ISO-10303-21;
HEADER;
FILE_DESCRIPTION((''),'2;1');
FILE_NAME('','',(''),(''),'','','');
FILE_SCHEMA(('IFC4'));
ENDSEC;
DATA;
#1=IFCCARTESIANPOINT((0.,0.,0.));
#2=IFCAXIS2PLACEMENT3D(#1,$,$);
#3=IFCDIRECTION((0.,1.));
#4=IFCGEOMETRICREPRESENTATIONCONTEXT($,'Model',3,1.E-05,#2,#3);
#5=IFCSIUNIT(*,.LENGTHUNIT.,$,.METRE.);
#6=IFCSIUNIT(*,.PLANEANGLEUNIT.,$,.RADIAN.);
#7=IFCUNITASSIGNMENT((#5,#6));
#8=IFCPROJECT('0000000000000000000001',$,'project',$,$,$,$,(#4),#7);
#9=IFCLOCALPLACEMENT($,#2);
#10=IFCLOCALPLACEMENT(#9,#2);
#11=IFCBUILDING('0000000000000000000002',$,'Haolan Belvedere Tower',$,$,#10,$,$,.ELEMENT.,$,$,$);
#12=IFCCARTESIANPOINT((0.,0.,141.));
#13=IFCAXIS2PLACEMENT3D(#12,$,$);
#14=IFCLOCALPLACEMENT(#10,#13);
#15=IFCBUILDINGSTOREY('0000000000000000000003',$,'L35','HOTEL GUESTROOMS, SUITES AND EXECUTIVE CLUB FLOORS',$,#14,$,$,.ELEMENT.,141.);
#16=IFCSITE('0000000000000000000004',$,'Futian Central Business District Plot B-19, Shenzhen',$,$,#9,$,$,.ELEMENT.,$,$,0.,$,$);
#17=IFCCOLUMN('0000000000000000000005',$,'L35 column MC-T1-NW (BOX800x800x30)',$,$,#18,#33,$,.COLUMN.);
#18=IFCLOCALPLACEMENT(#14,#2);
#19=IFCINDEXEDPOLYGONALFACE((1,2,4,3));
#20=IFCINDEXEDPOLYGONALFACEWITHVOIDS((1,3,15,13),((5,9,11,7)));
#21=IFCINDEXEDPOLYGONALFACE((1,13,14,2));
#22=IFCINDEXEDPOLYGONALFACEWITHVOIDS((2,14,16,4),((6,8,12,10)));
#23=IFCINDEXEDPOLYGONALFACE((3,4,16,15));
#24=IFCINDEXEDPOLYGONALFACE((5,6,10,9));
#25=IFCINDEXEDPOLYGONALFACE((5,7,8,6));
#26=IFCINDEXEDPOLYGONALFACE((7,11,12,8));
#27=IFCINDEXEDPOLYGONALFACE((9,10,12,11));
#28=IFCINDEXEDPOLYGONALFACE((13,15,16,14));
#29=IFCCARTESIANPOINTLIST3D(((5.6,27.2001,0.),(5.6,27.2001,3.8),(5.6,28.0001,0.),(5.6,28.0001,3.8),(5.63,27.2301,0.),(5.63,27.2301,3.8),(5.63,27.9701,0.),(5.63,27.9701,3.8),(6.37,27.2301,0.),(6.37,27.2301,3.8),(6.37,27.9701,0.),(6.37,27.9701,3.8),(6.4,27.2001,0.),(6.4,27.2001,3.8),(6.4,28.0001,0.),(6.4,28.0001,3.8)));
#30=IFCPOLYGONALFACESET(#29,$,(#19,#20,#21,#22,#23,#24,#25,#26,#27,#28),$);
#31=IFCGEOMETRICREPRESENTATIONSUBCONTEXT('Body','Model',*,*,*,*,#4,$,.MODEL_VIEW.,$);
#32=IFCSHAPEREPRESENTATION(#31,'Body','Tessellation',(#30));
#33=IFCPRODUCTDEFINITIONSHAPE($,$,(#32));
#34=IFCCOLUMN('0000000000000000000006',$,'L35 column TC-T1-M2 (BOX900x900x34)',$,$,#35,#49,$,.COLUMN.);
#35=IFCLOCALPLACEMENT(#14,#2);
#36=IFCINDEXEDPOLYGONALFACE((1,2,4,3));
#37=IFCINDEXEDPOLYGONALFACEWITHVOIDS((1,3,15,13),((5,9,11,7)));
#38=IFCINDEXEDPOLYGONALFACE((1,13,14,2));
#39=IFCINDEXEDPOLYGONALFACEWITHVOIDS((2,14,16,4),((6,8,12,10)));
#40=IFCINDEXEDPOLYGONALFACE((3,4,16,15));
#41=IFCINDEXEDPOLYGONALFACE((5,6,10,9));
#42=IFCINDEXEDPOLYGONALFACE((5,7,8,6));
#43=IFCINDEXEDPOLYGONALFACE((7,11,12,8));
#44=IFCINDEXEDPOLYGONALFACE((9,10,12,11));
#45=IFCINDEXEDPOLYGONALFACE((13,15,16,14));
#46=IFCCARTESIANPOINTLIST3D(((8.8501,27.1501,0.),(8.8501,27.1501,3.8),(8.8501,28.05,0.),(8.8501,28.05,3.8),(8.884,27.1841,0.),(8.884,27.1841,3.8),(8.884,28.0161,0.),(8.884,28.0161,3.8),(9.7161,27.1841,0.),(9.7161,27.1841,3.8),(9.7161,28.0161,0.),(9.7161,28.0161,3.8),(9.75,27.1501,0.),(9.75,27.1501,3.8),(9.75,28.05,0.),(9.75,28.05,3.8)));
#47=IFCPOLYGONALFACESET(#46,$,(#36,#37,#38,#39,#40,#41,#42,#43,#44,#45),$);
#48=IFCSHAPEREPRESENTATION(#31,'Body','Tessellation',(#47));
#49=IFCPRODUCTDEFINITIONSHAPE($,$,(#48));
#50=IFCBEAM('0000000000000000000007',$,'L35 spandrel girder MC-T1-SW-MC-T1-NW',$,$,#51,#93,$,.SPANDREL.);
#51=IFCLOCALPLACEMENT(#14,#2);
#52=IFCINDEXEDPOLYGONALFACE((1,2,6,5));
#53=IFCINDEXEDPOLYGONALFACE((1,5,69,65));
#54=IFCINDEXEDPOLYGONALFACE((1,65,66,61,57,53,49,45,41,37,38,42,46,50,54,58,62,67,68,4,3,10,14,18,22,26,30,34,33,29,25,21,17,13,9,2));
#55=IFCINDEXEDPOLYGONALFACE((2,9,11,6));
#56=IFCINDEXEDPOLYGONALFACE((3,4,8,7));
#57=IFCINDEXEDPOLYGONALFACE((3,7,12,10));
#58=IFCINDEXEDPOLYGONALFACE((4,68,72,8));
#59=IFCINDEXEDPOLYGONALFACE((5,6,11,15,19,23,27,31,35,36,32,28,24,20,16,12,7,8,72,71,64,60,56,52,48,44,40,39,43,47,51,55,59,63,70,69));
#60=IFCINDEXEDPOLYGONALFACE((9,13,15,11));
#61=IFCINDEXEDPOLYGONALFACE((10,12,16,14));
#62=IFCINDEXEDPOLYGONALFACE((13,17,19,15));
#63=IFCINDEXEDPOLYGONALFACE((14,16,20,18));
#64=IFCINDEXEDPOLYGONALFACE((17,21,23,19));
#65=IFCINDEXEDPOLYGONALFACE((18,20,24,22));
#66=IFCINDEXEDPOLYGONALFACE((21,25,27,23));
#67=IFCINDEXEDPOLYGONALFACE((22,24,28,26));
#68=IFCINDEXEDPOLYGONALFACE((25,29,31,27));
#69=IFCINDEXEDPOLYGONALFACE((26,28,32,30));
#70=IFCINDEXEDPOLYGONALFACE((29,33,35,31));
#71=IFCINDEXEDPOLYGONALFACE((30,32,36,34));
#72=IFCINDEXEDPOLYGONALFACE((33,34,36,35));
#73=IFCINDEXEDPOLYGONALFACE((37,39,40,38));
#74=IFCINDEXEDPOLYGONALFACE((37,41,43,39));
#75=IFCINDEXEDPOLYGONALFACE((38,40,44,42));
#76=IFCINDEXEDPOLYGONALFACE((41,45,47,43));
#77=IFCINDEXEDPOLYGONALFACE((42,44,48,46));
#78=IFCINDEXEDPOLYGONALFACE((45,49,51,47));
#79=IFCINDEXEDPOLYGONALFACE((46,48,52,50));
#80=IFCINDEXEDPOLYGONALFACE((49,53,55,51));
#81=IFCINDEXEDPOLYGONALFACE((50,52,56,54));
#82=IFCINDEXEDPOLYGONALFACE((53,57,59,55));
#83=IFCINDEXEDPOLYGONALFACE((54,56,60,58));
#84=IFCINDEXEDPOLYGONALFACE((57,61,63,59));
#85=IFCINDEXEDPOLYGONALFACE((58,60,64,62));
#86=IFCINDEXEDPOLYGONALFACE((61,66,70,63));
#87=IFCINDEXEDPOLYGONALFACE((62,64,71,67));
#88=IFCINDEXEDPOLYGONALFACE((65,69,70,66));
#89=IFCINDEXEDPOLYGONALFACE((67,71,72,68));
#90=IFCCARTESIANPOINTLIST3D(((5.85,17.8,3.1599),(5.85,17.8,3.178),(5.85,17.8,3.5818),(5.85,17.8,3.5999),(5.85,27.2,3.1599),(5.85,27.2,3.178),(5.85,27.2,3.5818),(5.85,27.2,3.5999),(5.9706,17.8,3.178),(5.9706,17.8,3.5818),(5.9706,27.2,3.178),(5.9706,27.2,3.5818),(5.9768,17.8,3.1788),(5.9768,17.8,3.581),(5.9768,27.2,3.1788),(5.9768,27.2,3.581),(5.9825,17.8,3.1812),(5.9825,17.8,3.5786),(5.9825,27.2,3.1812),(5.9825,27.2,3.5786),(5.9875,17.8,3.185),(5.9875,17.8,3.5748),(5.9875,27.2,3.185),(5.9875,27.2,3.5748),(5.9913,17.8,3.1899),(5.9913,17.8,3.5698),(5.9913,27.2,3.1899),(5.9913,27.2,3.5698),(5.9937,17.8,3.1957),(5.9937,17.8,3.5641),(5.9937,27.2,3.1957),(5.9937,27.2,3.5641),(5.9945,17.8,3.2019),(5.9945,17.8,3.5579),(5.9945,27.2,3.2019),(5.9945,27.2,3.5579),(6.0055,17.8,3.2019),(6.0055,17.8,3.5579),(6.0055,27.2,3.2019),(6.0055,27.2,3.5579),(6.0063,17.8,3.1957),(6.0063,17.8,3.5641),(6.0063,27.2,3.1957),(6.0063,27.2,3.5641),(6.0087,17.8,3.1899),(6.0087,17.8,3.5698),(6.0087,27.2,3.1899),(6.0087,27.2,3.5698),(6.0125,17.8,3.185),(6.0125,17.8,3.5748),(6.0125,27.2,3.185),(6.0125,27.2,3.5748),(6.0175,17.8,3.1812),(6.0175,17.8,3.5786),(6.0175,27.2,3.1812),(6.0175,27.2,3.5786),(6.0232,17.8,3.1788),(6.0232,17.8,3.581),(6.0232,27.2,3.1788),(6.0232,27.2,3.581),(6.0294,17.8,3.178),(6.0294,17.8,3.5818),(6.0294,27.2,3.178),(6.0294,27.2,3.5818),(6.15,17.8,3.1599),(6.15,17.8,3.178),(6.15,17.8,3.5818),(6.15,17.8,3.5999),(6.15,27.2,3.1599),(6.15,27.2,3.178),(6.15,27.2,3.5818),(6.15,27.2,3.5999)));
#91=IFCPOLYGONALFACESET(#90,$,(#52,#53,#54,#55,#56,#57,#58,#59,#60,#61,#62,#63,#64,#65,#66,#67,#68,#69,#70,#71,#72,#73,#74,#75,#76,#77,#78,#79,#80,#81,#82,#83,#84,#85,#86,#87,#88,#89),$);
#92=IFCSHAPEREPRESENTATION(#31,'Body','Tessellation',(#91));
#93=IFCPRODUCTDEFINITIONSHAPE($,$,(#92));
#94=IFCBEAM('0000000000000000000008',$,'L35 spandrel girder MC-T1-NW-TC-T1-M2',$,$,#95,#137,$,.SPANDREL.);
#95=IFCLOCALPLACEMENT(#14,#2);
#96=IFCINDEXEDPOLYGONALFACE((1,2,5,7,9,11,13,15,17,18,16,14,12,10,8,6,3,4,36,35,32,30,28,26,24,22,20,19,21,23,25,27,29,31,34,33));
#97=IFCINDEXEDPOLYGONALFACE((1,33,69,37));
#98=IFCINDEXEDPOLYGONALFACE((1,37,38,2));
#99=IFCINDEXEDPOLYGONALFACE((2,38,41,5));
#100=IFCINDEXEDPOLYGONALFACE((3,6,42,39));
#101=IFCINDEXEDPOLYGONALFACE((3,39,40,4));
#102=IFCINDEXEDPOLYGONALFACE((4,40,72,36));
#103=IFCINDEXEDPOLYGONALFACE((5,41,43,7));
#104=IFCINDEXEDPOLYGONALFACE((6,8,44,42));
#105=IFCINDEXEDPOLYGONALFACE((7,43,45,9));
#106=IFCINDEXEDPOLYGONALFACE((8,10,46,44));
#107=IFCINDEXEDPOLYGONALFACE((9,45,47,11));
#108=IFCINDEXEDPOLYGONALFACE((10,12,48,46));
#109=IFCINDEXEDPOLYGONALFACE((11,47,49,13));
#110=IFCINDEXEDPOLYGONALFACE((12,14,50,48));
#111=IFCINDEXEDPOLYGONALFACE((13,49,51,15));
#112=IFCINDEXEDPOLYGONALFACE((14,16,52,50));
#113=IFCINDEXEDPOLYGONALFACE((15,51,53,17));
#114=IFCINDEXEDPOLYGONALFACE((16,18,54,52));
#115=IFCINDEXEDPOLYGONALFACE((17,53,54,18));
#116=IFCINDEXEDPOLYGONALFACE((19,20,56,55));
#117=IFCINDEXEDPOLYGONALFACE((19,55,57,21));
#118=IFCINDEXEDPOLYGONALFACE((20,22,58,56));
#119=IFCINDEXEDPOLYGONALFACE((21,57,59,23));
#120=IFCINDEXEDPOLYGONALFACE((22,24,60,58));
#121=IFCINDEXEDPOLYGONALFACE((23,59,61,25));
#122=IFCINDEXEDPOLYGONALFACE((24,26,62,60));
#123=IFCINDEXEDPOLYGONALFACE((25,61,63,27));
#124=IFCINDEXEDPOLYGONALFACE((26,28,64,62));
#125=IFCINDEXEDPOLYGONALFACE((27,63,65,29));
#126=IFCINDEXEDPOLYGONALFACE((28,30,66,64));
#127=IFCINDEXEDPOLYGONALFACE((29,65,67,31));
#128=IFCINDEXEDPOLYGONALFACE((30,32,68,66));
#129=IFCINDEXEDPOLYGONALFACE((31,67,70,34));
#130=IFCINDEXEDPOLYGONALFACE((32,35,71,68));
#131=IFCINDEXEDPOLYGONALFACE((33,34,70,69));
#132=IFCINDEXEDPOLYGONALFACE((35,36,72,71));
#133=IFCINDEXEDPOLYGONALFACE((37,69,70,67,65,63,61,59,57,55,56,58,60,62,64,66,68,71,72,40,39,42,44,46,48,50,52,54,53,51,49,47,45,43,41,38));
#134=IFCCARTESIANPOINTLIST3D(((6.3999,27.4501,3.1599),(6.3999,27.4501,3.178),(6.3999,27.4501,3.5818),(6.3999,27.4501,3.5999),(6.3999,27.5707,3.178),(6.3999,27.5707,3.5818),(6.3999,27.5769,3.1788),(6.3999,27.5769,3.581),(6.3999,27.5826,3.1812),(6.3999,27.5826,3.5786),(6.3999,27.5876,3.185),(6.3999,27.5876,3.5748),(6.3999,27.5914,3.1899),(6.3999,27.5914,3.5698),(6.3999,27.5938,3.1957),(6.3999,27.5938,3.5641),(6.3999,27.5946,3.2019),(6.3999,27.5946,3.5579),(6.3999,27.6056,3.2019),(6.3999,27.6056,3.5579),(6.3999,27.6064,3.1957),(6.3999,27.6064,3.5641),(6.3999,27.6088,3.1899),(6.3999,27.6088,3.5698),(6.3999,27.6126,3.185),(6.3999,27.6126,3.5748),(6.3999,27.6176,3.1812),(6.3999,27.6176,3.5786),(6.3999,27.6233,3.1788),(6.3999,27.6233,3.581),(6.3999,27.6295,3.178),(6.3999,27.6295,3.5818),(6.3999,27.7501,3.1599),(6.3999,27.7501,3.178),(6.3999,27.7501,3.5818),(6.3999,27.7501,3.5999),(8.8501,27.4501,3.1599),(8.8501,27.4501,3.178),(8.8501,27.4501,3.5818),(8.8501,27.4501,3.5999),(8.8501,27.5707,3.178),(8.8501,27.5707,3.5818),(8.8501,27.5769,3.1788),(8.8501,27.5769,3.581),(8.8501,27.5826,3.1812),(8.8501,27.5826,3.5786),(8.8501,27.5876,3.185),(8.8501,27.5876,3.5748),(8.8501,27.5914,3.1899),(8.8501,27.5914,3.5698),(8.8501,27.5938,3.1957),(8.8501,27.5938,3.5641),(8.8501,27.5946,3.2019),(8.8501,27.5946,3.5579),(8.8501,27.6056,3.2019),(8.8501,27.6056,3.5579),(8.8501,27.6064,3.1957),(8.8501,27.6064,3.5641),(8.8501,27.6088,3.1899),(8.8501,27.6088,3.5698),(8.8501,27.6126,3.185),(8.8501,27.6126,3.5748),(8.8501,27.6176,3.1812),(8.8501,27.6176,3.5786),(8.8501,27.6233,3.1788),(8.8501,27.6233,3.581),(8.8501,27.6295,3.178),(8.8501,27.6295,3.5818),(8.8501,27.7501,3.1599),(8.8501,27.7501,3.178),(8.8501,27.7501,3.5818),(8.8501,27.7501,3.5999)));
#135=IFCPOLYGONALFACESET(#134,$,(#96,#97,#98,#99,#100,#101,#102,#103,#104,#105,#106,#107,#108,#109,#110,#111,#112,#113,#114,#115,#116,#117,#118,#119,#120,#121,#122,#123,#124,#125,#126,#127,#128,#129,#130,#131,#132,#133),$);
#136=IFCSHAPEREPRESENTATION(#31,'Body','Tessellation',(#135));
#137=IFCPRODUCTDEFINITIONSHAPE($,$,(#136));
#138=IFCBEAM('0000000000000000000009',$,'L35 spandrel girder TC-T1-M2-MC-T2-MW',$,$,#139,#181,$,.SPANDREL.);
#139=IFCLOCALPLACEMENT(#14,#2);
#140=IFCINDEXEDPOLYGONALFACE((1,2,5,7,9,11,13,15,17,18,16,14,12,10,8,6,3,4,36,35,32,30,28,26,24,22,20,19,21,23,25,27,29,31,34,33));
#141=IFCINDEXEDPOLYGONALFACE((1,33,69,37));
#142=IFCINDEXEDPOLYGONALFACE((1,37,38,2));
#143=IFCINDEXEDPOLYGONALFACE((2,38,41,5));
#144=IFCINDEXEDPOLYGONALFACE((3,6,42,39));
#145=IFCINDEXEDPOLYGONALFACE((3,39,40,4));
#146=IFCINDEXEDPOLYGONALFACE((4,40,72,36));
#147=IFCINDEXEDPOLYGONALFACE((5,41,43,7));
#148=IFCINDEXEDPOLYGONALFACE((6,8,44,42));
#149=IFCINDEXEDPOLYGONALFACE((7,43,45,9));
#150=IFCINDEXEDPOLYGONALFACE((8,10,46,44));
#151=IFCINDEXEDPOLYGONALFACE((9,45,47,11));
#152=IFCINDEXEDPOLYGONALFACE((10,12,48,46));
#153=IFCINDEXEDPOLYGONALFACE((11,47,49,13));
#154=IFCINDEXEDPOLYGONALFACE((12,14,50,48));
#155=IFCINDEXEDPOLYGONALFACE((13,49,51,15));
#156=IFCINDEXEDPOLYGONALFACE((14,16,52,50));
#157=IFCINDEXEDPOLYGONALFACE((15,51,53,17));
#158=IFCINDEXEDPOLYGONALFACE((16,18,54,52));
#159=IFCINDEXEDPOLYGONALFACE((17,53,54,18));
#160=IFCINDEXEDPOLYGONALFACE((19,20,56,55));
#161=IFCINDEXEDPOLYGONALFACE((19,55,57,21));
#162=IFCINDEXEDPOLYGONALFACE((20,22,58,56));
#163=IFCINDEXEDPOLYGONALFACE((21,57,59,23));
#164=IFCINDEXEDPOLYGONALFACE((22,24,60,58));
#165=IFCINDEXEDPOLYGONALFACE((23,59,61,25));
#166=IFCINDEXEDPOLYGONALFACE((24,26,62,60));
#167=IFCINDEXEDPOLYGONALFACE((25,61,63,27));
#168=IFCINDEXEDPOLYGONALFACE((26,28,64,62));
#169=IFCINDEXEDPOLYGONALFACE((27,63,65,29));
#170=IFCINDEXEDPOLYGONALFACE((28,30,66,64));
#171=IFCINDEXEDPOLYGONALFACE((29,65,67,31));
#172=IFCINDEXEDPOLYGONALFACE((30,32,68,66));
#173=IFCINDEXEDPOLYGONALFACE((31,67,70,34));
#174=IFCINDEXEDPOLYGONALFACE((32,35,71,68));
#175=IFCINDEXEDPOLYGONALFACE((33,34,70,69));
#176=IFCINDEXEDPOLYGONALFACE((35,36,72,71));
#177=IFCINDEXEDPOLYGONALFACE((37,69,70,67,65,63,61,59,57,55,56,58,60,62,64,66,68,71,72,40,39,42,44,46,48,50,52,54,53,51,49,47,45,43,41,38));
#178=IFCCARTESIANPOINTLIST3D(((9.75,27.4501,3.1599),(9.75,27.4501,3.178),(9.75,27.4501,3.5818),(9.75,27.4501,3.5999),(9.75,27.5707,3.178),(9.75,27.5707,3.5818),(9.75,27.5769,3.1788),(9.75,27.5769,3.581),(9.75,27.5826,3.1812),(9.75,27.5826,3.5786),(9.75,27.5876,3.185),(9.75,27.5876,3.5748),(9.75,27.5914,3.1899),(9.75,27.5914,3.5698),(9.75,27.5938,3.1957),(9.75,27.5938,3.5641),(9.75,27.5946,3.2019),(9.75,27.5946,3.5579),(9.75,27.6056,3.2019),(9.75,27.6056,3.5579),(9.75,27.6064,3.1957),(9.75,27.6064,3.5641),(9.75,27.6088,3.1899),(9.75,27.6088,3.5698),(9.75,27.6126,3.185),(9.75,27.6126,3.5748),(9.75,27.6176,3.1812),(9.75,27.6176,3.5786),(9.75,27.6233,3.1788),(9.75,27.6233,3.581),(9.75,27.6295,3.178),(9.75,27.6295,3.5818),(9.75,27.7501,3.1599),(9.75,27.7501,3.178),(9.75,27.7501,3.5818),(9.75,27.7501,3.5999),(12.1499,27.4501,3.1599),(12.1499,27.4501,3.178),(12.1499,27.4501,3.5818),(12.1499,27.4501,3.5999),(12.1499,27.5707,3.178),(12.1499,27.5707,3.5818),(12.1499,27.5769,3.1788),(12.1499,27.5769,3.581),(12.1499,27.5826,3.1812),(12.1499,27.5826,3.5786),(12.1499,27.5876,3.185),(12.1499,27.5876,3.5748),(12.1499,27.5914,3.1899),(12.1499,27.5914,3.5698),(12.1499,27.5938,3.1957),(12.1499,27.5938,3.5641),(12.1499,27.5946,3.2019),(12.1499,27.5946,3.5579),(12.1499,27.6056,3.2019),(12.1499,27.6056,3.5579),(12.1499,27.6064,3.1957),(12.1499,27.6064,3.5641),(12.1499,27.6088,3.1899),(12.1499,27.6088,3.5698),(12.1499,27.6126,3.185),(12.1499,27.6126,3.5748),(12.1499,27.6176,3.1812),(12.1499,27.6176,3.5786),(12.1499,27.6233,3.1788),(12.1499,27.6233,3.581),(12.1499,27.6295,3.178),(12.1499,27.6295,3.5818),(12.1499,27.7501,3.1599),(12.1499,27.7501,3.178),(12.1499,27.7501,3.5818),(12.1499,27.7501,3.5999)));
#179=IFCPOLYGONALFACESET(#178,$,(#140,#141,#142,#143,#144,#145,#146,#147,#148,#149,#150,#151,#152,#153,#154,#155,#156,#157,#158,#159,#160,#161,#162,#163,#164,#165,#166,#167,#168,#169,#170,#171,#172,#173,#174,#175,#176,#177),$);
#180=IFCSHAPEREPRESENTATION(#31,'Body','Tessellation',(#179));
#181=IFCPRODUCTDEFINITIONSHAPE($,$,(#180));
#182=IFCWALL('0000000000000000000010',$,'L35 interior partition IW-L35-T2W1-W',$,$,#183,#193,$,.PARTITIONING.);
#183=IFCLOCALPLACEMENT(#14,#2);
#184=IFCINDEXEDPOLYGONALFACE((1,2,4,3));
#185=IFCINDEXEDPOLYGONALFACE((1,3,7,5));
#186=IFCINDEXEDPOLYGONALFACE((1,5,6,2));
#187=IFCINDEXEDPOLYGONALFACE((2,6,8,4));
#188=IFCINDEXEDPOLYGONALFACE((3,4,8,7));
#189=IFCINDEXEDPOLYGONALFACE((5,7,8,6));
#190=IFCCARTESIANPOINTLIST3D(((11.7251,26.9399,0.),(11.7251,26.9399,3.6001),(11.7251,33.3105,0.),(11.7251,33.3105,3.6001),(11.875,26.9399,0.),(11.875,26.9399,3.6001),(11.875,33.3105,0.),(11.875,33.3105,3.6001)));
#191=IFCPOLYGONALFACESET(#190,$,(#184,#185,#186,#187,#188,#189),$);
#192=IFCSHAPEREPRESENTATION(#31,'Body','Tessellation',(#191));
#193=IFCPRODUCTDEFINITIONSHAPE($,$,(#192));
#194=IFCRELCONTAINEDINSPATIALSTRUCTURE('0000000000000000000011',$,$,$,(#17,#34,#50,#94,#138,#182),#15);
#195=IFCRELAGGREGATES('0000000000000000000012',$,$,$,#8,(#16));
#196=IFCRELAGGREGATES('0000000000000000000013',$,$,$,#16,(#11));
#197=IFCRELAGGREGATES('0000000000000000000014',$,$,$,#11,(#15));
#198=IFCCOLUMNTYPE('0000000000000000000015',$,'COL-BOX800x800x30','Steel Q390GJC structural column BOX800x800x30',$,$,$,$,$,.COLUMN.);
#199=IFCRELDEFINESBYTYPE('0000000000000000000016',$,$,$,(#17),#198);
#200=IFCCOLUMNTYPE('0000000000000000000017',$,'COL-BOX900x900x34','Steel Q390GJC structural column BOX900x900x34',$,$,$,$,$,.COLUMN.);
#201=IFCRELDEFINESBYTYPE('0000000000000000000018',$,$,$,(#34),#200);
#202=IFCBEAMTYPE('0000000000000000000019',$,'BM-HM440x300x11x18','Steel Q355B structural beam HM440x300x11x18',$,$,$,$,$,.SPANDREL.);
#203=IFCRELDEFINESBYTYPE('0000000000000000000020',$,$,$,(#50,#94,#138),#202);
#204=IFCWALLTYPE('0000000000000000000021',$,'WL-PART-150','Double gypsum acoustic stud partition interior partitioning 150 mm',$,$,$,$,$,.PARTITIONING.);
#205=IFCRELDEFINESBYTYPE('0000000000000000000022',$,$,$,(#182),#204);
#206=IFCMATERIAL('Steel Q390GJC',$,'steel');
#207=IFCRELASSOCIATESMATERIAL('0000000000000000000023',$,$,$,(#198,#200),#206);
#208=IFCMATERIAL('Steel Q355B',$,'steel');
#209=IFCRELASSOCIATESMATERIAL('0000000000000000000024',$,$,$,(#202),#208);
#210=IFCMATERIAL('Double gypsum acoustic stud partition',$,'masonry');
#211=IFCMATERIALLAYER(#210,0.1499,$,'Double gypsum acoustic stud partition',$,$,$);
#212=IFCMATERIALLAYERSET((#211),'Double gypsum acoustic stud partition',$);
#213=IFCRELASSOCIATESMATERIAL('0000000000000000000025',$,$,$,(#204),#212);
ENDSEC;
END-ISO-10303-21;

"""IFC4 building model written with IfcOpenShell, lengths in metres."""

from ifc_helpers import new_model, si_unit, direction, frame, frame_2d, origin, origin_2d, place, context, subcontext, project, spatial, rectangle, hollow_rectangle, i_section, extrude, material, layer, layer_set, material_profile, profile_set, type_object, element, save


model = new_model("IFC4")

# Units and contexts
model_context = context("Model", 3, precision=1e-05, world=origin(), true_north=direction((0.0, 1.0)))
body_context = subcontext(model_context, "Body", "Model", "MODEL_VIEW")
ifc_project = project(units=[si_unit("LENGTHUNIT", "METRE"), si_unit("PLANEANGLEUNIT", "RADIAN")], contexts=[model_context])

# Site, building, storey
site_placement = place(None, origin())
site = spatial("IfcSite", under=ifc_project, at=site_placement, Name="Futian Central Business District Plot B-19, Shenzhen", CompositionType="ELEMENT", RefElevation=0.0)
building_placement = place(site_placement, origin())
building = spatial("IfcBuilding", under=site, at=building_placement, Name="Haolan Belvedere Tower", CompositionType="ELEMENT")
storey_placement = place(building_placement, frame((0.0, 0.0, 141.0)))
storey = spatial("IfcBuildingStorey", under=building, at=storey_placement, Name="L35", Description="HOTEL GUESTROOMS, SUITES AND EXECUTIVE CLUB FLOORS", CompositionType="ELEMENT", Elevation=141.0)

# Columns
ifc_material_1 = material(Name="Steel Q390GJC", Category="steel")
ifc_material_profile_1 = material_profile(ifc_material_1, hollow_rectangle(XDim=0.8, YDim=0.8, WallThickness=0.03, at=origin_2d()), Name="Steel Q390GJC")
ifc_profile_set_1 = profile_set([ifc_material_profile_1], Name="Steel Q390GJC")
column_type_1 = type_object("IfcColumnType", Name="COL-BOX800x800x30", Description="Steel Q390GJC structural column BOX800x800x30", PredefinedType="COLUMN", material=ifc_profile_set_1)
column_1_placement = place(storey_placement, frame((6.0, 27.6001, 0.0), z_axis=(0.0, 0.0, 1.0), x_axis=(1.0, 0.0, 0.0)))
element("IfcColumn", 1, at=column_1_placement, inside=storey, type_object=column_type_1, Name="L35 column MC-T1-NW (BOX800x800x30)", PredefinedType="COLUMN", context=body_context, shape_type="SweptSolid", body=[
    extrude(hollow_rectangle(XDim=0.8, YDim=0.8, WallThickness=0.03, at=origin_2d()), origin(), (0.0, 0.0, 1.0), 3.8),
])
ifc_material_profile_2 = material_profile(ifc_material_1, hollow_rectangle(XDim=0.8999, YDim=0.8999, WallThickness=0.0339, at=origin_2d()), Name="Steel Q390GJC")
ifc_profile_set_2 = profile_set([ifc_material_profile_2], Name="Steel Q390GJC")
column_type_2 = type_object("IfcColumnType", Name="COL-BOX900x900x34", Description="Steel Q390GJC structural column BOX900x900x34", PredefinedType="COLUMN", material=ifc_profile_set_2)
column_2_placement = place(storey_placement, frame((9.3, 27.6001, 0.0), z_axis=(0.0, 0.0, 1.0), x_axis=(1.0, 0.0, 0.0)))
element("IfcColumn", 2, at=column_2_placement, inside=storey, type_object=column_type_2, Name="L35 column TC-T1-M2 (BOX900x900x34)", PredefinedType="COLUMN", context=body_context, shape_type="SweptSolid", body=[
    extrude(hollow_rectangle(XDim=0.8999, YDim=0.8999, WallThickness=0.0339, at=origin_2d()), origin(), (0.0, 0.0, 1.0), 3.8),
])

# Beams
ifc_material_2 = material(Name="Steel Q355B", Category="steel")
ifc_material_profile_3 = material_profile(ifc_material_2, i_section(OverallWidth=0.3, OverallDepth=0.4399, WebThickness=0.011, FlangeThickness=0.0181, FilletRadius=0.0239, at=origin_2d()), Name="Steel Q355B")
ifc_profile_set_3 = profile_set([ifc_material_profile_3], Name="Steel Q355B")
beam_type = type_object("IfcBeamType", Name="BM-HM440x300x11x18", Description="Steel Q355B structural beam HM440x300x11x18", PredefinedType="SPANDREL", material=ifc_profile_set_3)
beam_1_placement = place(storey_placement, frame((6.0, 17.8, 3.3799), z_axis=(0.0, 1.0, 0.0), x_axis=(-1.0, 0.0, 0.0)))
element("IfcBeam", 3, at=beam_1_placement, inside=storey, type_object=beam_type, Name="L35 spandrel girder MC-T1-SW-MC-T1-NW", PredefinedType="SPANDREL", context=body_context, shape_type="SweptSolid", body=[
    extrude(i_section(OverallWidth=0.3, OverallDepth=0.4399, WebThickness=0.011, FlangeThickness=0.0181, FilletRadius=0.0239, at=origin_2d()), origin(), (0.0, 0.0, 1.0), 9.3999),
])
beam_2_placement = place(storey_placement, frame((6.3999, 27.6001, 3.3799), z_axis=(1.0, 0.0, 0.0), x_axis=(0.0, 1.0, 0.0)))
element("IfcBeam", 4, at=beam_2_placement, inside=storey, type_object=beam_type, Name="L35 spandrel girder MC-T1-NW-TC-T1-M2", PredefinedType="SPANDREL", context=body_context, shape_type="SweptSolid", body=[
    extrude(i_section(OverallWidth=0.3, OverallDepth=0.4399, WebThickness=0.011, FlangeThickness=0.0181, FilletRadius=0.0239, at=origin_2d()), origin(), (0.0, 0.0, 1.0), 2.4502),
])
beam_3_placement = place(storey_placement, frame((9.75, 27.6001, 3.3799), z_axis=(1.0, 0.0, 0.0), x_axis=(0.0, 1.0, 0.0)))
element("IfcBeam", 5, at=beam_3_placement, inside=storey, type_object=beam_type, Name="L35 spandrel girder TC-T1-M2-MC-T2-MW", PredefinedType="SPANDREL", context=body_context, shape_type="SweptSolid", body=[
    extrude(i_section(OverallWidth=0.3, OverallDepth=0.4399, WebThickness=0.011, FlangeThickness=0.0181, FilletRadius=0.0239, at=origin_2d()), origin(), (0.0, 0.0, 1.0), 2.3999),
])

# Wall
ifc_material_3 = material(Name="Double gypsum acoustic stud partition", Category="masonry")
ifc_layer_1 = layer(ifc_material_3, 0.1499, Name="Double gypsum acoustic stud partition")
ifc_layer_set_1 = layer_set([ifc_layer_1], Name="Double gypsum acoustic stud partition")
wall_type_1 = type_object("IfcWallType", Name="WL-PART-150", Description="Double gypsum acoustic stud partition interior partitioning 150 mm", PredefinedType="PARTITIONING", material=ifc_layer_set_1)
wall_1_placement = place(storey_placement, frame((11.8, 26.9399, 0.0), z_axis=(0.0, 0.0, 1.0), x_axis=(0.0, 1.0, 0.0)))
element("IfcWall", 6, at=wall_1_placement, inside=storey, type_object=wall_type_1, Name="L35 interior partition IW-L35-T2W1-W", PredefinedType="PARTITIONING", context=body_context, shape_type="SweptSolid", body=[
    extrude(rectangle(XDim=6.3706, YDim=0.1499, at=frame_2d((3.1853, 0.0))), origin(), (0.0, 0.0, 1.0), 3.6001),
])

save(model, "model.ifc")
